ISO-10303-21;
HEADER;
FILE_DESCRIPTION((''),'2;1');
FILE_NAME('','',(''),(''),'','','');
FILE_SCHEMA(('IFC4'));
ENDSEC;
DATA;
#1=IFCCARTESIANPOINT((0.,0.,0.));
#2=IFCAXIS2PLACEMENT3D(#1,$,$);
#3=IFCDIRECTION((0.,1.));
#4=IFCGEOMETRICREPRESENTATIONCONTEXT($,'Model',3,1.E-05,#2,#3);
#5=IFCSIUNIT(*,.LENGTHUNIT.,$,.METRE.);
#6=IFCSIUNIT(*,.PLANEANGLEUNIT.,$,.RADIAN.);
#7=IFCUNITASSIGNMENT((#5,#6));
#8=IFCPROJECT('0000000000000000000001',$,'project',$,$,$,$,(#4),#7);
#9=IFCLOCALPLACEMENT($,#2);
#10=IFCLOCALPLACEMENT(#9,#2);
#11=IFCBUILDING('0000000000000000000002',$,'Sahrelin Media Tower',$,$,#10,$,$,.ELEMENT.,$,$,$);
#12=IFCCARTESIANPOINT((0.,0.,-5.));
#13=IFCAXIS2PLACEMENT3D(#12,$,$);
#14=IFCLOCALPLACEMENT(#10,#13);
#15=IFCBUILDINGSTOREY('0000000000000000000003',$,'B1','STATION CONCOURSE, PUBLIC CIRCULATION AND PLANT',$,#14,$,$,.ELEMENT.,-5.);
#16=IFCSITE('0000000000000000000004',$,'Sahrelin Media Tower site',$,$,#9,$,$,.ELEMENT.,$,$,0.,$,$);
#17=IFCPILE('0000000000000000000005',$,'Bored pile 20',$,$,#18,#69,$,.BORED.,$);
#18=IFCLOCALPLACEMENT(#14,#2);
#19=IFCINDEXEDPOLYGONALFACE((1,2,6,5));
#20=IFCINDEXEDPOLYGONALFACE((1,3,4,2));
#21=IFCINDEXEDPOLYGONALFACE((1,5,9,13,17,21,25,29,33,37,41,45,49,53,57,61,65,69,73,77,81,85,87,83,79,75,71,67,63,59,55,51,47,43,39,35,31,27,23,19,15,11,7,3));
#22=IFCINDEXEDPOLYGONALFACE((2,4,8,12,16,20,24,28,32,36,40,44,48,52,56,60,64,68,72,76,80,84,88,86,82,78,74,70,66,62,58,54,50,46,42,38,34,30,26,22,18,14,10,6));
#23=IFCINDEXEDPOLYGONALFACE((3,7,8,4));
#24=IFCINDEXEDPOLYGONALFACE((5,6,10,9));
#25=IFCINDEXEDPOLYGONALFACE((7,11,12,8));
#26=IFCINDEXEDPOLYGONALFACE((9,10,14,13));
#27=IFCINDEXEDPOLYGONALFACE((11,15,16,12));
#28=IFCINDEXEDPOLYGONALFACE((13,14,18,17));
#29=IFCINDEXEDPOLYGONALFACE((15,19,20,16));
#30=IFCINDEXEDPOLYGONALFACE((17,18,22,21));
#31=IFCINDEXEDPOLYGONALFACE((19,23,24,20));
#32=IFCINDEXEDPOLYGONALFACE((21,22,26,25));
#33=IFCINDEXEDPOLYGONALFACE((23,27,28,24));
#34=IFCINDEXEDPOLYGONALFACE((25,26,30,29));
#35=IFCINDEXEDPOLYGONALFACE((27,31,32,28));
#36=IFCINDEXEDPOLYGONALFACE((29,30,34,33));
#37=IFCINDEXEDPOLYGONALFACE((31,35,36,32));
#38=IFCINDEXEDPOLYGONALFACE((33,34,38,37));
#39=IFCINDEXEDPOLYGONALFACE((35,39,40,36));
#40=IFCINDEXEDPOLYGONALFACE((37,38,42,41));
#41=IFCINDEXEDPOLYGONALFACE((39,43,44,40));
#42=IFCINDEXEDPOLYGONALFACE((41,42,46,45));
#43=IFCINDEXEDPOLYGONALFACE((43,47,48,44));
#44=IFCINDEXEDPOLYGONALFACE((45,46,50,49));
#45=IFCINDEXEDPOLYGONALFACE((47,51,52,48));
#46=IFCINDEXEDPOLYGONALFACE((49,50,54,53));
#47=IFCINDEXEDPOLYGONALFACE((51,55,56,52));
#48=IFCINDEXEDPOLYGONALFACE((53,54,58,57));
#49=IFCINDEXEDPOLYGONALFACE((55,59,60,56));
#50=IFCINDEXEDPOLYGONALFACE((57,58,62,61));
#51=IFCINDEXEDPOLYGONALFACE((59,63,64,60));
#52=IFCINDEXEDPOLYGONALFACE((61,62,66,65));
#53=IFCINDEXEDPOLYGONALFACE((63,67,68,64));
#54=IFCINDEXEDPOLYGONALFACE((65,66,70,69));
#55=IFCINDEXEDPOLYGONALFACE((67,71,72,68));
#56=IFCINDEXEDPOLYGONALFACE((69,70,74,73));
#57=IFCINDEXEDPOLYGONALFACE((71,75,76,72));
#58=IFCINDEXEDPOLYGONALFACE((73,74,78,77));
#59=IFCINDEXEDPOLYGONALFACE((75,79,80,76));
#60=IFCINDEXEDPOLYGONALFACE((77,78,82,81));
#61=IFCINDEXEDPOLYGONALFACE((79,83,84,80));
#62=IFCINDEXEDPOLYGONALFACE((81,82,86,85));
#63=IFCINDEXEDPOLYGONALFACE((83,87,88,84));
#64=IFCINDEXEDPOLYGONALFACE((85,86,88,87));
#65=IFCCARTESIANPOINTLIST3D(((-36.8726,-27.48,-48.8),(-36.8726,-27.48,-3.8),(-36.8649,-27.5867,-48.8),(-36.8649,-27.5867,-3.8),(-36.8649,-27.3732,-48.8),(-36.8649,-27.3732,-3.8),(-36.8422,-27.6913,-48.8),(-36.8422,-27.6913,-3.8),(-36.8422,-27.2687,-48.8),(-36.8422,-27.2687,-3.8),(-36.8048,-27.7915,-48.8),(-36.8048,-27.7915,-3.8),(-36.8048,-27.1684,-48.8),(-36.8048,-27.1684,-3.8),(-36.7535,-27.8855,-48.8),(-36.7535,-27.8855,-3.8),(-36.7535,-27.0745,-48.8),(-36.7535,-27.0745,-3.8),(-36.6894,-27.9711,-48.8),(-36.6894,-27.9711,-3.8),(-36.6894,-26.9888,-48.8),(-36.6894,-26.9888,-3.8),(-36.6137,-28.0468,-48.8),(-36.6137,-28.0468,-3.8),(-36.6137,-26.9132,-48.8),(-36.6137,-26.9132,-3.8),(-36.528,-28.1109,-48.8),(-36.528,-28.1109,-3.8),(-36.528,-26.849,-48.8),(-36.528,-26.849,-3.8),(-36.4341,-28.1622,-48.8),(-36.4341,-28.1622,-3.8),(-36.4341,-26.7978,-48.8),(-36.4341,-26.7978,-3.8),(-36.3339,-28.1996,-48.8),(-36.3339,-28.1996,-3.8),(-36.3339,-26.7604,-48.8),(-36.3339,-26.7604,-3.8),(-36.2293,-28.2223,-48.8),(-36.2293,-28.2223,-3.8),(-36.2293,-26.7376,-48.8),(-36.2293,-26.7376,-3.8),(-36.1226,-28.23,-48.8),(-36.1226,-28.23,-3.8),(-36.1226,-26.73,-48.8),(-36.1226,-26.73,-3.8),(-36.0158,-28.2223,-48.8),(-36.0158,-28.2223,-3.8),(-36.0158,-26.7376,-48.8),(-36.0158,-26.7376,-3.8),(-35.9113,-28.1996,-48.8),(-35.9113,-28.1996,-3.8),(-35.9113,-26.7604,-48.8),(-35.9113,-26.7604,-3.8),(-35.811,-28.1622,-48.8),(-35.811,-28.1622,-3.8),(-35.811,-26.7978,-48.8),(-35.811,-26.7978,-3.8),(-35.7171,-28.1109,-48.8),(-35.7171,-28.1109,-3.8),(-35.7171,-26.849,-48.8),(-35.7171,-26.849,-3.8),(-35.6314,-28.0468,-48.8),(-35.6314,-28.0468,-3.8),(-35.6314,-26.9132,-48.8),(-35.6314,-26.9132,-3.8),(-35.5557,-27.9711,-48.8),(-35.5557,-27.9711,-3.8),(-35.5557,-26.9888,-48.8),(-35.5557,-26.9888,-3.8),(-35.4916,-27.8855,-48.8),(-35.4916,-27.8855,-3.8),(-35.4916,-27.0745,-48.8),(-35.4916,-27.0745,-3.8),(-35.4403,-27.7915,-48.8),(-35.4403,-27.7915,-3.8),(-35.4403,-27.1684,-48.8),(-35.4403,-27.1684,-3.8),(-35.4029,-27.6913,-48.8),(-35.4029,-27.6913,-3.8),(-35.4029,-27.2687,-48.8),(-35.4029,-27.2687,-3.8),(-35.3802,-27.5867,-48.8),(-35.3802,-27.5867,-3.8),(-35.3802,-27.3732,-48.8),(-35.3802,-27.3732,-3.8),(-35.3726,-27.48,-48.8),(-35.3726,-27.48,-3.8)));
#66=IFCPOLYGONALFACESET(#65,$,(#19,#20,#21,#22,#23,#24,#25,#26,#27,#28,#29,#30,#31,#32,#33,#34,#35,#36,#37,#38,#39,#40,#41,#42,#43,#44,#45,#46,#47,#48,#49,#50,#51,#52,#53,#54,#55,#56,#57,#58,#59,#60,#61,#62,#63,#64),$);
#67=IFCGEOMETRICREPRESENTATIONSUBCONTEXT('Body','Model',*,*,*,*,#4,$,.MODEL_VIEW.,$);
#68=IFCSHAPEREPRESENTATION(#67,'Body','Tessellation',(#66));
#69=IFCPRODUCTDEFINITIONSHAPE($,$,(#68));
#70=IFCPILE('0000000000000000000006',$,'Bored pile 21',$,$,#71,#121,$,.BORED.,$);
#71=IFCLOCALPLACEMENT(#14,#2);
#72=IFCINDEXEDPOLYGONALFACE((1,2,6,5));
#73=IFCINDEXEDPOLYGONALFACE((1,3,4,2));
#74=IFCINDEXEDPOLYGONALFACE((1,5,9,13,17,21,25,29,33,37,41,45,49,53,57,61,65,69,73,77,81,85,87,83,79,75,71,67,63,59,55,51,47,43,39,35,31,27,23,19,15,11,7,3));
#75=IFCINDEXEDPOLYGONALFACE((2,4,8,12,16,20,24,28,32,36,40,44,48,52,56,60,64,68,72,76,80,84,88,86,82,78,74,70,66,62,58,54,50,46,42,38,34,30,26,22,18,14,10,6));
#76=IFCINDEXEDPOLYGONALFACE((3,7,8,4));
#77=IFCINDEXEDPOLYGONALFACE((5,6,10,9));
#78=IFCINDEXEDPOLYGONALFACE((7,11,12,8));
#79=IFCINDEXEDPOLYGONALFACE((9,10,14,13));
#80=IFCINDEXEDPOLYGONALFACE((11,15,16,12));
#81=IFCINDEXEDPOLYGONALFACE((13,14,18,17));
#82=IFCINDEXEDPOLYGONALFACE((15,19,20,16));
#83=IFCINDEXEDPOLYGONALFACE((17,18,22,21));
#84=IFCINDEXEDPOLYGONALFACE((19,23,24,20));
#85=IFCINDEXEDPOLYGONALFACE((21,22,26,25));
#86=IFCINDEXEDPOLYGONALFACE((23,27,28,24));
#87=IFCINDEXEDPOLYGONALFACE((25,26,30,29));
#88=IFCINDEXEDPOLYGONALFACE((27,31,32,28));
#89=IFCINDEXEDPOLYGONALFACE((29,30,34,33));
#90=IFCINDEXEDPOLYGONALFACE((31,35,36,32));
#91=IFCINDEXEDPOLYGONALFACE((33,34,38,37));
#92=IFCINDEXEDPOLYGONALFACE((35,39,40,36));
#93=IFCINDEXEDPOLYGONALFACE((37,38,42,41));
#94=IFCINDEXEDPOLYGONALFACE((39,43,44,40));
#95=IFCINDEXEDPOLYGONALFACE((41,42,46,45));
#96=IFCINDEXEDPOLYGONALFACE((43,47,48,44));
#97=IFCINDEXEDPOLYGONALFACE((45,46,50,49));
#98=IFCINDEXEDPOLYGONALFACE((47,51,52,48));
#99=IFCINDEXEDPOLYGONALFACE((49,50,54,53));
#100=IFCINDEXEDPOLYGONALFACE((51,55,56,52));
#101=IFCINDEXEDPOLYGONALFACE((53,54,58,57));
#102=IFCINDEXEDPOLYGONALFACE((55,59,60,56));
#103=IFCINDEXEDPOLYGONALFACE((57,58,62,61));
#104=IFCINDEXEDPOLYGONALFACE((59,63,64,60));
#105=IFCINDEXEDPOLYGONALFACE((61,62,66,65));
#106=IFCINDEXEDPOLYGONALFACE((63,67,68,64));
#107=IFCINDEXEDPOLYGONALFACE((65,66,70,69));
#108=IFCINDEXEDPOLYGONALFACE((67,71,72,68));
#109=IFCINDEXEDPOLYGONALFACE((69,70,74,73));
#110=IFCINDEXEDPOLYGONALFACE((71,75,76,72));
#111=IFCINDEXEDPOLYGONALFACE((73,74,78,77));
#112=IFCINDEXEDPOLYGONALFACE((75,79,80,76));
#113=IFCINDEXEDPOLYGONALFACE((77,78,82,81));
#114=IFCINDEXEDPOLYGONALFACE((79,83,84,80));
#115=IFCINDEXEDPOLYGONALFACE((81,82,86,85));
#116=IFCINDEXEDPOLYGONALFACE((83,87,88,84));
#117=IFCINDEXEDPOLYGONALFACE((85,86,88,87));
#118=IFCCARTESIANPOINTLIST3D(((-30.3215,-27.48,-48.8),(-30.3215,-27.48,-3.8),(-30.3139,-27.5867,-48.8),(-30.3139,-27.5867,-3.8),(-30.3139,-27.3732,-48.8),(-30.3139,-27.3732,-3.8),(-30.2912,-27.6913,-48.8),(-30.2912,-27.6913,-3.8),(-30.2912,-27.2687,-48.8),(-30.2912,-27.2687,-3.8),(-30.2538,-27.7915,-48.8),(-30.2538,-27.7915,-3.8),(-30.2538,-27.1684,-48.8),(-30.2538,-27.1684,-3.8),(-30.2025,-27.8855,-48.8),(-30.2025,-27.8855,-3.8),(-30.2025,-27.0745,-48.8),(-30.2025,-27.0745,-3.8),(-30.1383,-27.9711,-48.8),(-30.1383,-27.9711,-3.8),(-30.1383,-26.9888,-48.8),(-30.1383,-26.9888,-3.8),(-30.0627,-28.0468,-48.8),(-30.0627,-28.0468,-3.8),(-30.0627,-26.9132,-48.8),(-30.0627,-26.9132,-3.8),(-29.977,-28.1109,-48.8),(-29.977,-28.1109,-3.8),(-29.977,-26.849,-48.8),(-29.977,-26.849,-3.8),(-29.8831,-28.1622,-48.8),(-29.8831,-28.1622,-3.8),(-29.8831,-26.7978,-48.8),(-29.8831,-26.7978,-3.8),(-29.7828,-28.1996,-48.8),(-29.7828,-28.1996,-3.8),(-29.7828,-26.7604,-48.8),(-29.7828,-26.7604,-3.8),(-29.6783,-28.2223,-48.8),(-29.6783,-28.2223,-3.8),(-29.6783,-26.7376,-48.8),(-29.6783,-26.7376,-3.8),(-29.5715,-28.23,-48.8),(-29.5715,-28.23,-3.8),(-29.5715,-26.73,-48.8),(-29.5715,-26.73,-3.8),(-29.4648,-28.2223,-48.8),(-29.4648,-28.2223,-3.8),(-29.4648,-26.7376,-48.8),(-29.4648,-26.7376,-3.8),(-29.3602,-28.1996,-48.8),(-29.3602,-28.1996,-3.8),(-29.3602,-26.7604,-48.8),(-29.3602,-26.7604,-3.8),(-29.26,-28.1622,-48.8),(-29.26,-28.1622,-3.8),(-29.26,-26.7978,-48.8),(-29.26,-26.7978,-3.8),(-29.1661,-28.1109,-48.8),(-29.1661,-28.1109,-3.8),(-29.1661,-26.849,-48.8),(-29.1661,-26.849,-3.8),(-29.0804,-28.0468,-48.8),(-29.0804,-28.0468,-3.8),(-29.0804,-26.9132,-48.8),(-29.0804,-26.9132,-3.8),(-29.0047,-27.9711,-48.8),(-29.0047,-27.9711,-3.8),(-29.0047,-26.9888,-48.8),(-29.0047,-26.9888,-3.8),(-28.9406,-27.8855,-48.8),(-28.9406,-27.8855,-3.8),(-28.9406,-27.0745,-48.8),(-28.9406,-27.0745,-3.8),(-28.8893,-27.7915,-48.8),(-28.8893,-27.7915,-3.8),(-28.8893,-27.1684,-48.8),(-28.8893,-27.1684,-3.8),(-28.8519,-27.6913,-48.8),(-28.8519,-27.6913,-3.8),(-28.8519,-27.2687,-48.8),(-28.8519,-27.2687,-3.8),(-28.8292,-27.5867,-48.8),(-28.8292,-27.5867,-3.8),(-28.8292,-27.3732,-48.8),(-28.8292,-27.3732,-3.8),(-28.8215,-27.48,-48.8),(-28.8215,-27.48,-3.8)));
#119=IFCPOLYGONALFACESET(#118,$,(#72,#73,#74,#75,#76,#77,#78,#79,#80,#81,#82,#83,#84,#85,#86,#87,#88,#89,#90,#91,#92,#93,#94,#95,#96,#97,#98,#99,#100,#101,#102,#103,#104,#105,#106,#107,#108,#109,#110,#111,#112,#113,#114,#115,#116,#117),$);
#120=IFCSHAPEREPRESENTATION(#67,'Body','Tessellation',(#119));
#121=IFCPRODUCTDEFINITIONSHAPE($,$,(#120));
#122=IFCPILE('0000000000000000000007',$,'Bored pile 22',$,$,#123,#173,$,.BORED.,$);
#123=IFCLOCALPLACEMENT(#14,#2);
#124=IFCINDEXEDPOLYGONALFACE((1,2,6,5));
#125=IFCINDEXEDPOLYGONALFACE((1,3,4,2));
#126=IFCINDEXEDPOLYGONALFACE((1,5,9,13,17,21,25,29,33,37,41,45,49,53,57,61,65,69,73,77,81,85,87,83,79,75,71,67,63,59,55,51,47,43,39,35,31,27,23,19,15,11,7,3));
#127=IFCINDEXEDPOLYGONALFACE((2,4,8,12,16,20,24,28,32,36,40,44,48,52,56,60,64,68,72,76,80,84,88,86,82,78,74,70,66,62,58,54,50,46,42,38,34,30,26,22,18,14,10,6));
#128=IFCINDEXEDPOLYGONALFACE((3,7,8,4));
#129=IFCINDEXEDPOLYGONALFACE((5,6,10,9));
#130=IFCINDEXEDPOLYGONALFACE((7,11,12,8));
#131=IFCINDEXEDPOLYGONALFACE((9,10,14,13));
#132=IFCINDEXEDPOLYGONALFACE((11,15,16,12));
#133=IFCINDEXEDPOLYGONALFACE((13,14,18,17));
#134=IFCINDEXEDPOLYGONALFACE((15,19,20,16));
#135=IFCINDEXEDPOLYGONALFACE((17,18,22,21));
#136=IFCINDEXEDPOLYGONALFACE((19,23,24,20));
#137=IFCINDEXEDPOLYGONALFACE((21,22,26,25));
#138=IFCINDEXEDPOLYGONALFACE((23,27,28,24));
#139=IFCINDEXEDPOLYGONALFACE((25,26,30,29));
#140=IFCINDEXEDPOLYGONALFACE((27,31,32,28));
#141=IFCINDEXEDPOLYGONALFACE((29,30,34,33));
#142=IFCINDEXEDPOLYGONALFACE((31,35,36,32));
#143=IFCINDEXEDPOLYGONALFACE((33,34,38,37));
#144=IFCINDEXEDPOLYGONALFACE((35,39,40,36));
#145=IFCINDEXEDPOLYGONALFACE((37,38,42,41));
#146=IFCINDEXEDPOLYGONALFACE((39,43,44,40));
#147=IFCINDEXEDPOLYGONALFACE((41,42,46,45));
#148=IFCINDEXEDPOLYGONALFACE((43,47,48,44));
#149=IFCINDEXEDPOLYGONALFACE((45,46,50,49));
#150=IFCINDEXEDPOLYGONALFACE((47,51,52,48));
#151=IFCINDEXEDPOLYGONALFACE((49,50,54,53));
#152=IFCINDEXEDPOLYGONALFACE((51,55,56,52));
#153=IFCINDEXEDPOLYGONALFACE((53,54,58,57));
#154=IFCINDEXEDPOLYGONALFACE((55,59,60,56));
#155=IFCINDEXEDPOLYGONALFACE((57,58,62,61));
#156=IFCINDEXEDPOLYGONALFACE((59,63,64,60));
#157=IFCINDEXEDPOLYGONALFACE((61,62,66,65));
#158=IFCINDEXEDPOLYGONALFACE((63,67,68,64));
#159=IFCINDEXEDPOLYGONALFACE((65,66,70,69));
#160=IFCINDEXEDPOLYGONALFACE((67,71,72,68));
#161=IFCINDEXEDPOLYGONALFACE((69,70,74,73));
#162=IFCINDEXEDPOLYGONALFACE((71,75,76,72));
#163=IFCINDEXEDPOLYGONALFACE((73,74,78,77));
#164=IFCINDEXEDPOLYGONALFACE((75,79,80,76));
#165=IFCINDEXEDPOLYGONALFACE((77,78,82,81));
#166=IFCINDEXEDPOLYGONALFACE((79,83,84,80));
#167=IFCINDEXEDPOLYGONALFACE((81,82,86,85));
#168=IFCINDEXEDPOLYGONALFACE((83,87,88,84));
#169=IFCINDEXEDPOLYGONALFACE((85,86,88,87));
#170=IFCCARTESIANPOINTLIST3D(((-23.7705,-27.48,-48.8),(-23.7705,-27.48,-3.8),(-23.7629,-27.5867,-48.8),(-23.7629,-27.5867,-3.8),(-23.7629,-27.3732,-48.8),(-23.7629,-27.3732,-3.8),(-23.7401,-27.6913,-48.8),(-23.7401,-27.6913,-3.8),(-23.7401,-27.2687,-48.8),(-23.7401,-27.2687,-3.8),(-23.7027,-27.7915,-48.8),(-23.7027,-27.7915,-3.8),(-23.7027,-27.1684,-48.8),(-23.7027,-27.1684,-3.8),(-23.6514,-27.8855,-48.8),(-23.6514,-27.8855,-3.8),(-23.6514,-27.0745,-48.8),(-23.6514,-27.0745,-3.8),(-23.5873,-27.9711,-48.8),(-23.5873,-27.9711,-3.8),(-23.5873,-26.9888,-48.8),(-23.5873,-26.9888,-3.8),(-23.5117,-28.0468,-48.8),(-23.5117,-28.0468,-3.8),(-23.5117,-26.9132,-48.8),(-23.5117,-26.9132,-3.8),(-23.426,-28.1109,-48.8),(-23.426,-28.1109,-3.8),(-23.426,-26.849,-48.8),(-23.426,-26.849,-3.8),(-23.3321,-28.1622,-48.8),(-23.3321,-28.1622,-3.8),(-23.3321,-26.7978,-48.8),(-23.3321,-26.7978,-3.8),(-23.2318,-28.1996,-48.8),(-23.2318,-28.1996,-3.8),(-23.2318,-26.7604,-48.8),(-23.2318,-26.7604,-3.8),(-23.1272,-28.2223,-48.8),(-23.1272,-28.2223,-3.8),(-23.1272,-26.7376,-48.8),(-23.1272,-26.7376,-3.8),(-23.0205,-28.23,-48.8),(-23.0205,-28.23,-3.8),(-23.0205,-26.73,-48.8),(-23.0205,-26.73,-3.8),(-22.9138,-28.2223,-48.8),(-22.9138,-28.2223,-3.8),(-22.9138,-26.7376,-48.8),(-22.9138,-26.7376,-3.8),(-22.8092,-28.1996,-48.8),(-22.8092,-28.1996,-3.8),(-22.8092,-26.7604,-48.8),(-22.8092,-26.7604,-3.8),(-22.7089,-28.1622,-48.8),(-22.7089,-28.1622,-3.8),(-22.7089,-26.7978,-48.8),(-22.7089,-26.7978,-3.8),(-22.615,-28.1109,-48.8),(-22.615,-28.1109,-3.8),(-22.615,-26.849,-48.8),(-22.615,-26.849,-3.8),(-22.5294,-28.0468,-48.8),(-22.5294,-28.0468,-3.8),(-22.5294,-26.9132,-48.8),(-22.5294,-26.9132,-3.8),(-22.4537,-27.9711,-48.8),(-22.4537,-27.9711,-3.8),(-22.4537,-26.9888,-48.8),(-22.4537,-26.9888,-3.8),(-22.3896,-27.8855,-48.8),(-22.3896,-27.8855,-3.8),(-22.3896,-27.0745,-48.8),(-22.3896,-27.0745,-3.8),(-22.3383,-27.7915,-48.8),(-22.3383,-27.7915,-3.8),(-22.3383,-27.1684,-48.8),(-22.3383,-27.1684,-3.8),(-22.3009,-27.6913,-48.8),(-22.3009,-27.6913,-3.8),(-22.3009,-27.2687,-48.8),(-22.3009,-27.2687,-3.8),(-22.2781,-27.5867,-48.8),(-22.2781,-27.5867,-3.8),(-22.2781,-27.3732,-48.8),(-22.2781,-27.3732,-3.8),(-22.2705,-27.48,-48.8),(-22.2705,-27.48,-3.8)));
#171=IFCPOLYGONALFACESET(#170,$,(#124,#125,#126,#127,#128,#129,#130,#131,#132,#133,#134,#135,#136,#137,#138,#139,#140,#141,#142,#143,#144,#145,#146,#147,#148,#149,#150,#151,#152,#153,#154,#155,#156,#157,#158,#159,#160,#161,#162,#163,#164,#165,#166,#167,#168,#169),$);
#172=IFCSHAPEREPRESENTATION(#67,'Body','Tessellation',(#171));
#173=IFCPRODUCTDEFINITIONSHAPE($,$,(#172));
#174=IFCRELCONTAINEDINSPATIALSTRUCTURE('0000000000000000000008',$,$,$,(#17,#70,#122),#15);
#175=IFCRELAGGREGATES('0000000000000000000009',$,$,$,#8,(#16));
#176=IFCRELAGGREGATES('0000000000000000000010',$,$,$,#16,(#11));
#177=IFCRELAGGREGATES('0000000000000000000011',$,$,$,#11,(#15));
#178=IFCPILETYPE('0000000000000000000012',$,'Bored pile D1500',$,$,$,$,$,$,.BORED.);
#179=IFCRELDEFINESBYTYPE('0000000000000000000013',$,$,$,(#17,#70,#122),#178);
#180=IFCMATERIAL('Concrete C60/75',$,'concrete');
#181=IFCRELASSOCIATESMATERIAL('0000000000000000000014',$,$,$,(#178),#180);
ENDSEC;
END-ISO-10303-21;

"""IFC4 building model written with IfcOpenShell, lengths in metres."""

from ifc_helpers import new_model, si_unit, direction, frame, origin, origin_2d, place, context, subcontext, project, spatial, circle, extrude, material, material_profile, profile_set, type_object, element, save


model = new_model("IFC4")

# Units and contexts
model_context = context("Model", 3, precision=1e-05, world=origin(), true_north=direction((0.0, 1.0)))
body_context = subcontext(model_context, "Body", "Model", "MODEL_VIEW")
ifc_project = project(units=[si_unit("LENGTHUNIT", "METRE"), si_unit("PLANEANGLEUNIT", "RADIAN")], contexts=[model_context])

# Site, building, storey
site_placement = place(None, origin())
site = spatial("IfcSite", under=ifc_project, at=site_placement, Name="Sahrelin Media Tower site", CompositionType="ELEMENT", RefElevation=0.0)
building_placement = place(site_placement, origin())
building = spatial("IfcBuilding", under=site, at=building_placement, Name="Sahrelin Media Tower", CompositionType="ELEMENT")
storey_placement = place(building_placement, frame((0.0, 0.0, -5.0)))
storey = spatial("IfcBuildingStorey", under=building, at=storey_placement, Name="B1", Description="STATION CONCOURSE, PUBLIC CIRCULATION AND PLANT", CompositionType="ELEMENT", Elevation=-5.0)

# Piles
ifc_material_1 = material(Name="Concrete C60/75", Category="concrete")
ifc_material_profile_1 = material_profile(ifc_material_1, circle(Radius=0.75, at=origin_2d()), Name="Bored pile D1500")
ifc_profile_set_1 = profile_set([ifc_material_profile_1], Name="Concrete C60/75")
pile_type = type_object("IfcPileType", Name="Bored pile D1500", PredefinedType="BORED", material=ifc_profile_set_1)
for number, where, z_axis, x_axis, name in (
    (1, (-36.1226, -27.48, -3.8), (0.0, 0.0, -1.0), (1.0, 0.0, 0.0), "Bored pile 20"),
    (2, (-29.5715, -27.48, -3.8), (0.0, 0.0, -1.0), (1.0, 0.0, 0.0), "Bored pile 21"),
    (3, (-23.0205, -27.48, -3.8), (0.0, 0.0, -1.0), (1.0, 0.0, 0.0), "Bored pile 22"),
):
    element("IfcPile", number, at=place(storey_placement, frame(where, z_axis=z_axis, x_axis=x_axis)), inside=storey, type_object=pile_type, Name=name, PredefinedType="BORED", context=body_context, shape_type="SweptSolid", body=[
        extrude(circle(Radius=0.75, at=origin_2d()), origin(), (0.0, 0.0, 1.0), 45.0),
    ])

save(model, "model.ifc")
